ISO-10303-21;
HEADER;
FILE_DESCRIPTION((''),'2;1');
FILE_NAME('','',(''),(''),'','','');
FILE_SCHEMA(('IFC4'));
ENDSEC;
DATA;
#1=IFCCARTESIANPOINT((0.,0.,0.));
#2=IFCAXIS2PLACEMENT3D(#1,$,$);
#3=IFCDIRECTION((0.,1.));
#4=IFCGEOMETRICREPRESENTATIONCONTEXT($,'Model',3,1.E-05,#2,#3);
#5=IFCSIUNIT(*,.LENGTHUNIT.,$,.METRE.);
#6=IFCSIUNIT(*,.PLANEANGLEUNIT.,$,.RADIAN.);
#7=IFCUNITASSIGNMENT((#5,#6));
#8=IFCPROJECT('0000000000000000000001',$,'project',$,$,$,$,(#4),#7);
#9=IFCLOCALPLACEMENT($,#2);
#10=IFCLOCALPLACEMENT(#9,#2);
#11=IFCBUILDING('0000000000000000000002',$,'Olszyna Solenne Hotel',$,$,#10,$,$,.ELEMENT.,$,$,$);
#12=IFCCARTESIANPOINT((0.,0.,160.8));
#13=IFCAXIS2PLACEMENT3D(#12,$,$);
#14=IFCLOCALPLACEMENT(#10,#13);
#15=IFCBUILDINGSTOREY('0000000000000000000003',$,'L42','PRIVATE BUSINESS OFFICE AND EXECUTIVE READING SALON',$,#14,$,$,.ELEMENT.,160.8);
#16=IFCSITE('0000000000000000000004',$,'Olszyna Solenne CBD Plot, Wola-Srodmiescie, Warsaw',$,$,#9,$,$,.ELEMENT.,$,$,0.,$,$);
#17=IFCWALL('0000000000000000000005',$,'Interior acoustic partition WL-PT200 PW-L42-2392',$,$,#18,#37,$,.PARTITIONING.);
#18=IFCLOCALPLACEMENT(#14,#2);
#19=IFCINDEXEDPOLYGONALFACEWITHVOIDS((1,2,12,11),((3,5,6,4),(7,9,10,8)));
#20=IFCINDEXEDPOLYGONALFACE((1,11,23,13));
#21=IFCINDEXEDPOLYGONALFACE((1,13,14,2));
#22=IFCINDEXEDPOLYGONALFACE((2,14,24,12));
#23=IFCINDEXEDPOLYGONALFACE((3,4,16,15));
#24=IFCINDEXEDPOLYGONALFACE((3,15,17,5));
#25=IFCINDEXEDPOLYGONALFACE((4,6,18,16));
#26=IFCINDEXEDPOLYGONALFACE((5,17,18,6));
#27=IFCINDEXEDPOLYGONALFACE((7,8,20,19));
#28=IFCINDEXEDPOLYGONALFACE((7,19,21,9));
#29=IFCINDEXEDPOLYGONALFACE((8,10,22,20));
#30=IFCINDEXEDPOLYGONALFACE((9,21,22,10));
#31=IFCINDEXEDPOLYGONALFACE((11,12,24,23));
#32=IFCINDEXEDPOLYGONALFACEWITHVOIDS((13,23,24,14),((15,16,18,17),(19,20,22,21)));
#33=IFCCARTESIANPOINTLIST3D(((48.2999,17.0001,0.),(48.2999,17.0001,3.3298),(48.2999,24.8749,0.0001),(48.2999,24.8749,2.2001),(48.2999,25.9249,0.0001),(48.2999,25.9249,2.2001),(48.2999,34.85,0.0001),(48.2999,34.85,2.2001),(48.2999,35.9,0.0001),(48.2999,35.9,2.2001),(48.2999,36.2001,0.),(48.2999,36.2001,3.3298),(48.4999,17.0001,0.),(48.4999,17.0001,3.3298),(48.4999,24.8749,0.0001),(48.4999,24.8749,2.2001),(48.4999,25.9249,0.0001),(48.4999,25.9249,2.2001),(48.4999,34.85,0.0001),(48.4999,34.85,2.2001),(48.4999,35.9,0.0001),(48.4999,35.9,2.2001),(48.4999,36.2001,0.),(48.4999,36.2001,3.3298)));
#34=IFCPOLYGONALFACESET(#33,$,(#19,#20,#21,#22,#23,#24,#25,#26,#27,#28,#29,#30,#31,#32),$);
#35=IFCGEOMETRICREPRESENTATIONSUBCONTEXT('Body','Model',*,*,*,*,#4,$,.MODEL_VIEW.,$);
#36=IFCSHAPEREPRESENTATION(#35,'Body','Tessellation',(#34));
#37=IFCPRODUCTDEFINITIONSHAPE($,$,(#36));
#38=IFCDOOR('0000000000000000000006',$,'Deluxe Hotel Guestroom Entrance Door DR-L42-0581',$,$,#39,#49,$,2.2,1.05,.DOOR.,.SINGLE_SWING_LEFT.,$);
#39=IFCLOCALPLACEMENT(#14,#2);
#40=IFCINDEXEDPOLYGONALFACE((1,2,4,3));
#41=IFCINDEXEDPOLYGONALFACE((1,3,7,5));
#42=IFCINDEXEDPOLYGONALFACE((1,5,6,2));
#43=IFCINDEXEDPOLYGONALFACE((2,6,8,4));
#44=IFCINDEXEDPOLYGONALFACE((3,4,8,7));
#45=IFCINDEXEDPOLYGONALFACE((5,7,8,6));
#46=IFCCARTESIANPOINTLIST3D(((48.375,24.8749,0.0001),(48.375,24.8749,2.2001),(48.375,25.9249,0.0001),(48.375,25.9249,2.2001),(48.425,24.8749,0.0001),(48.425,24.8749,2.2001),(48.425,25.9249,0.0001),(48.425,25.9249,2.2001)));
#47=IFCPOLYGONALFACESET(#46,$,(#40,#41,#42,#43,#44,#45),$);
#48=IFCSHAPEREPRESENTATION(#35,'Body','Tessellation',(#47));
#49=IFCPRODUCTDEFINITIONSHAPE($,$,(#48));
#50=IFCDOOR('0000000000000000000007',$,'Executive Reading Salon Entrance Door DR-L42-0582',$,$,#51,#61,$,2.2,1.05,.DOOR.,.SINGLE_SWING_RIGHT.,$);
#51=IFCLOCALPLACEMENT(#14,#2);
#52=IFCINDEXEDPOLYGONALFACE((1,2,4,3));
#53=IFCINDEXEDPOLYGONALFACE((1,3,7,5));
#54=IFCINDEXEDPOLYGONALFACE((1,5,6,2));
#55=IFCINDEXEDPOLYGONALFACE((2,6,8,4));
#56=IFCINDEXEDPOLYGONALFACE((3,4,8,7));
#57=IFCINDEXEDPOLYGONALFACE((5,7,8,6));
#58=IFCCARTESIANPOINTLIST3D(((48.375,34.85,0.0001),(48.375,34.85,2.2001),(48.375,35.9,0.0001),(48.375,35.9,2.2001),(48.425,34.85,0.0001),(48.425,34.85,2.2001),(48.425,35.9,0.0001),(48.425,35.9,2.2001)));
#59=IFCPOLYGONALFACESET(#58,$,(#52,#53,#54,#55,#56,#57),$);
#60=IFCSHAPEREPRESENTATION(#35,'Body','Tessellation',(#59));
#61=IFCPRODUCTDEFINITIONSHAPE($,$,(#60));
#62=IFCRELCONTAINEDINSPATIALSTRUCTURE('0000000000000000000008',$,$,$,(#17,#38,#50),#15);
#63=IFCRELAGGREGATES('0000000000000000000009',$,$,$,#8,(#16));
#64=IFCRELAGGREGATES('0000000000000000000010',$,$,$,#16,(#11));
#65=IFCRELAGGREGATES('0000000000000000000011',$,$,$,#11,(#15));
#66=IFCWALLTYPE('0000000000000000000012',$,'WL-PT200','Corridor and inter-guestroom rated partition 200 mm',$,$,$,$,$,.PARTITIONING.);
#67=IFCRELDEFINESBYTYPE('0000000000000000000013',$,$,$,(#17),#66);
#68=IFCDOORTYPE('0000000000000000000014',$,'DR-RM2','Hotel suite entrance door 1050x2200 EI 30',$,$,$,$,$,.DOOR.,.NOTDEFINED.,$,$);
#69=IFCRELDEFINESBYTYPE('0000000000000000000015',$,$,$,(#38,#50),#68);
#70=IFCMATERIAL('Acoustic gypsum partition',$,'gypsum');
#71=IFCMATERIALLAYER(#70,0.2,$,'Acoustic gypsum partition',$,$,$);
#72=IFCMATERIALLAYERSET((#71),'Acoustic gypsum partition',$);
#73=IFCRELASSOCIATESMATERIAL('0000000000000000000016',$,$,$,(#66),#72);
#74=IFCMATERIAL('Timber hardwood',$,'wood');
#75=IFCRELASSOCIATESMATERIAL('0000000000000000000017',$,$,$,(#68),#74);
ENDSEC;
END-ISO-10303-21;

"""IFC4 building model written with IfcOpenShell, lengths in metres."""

from ifc_helpers import new_model, si_unit, direction, frame, frame_2d, origin, place, context, subcontext, project, spatial, rectangle, extrude, source, transform, mapped, material, layer, layer_set, type_object, type_shapes, element, fill, save


model = new_model("IFC4")

# Units and contexts
model_context = context("Model", 3, precision=1e-05, world=origin(), true_north=direction((0.0, 1.0)))
body_context = subcontext(model_context, "Body", "Model", "MODEL_VIEW")
ifc_project = project(units=[si_unit("LENGTHUNIT", "METRE"), si_unit("PLANEANGLEUNIT", "RADIAN")], contexts=[model_context])

# Site, building, storey
site_placement = place(None, origin())
site = spatial("IfcSite", under=ifc_project, at=site_placement, Name="Olszyna Solenne CBD Plot, Wola-Srodmiescie, Warsaw", CompositionType="ELEMENT", RefElevation=0.0)
building_placement = place(site_placement, origin())
building = spatial("IfcBuilding", under=site, at=building_placement, Name="Olszyna Solenne Hotel", CompositionType="ELEMENT")
storey_placement = place(building_placement, frame((0.0, 0.0, 160.8)))
storey = spatial("IfcBuildingStorey", under=building, at=storey_placement, Name="L42", Description="PRIVATE BUSINESS OFFICE AND EXECUTIVE READING SALON", CompositionType="ELEMENT", Elevation=160.8)

# Shared definitions
ifc_material_1 = material(Name="Acoustic gypsum partition", Category="gypsum")

# Shared definitions
ifc_material_2 = material(Name="Timber hardwood", Category="wood")

# Shared definitions
ifc_layer_1 = layer(ifc_material_1, 0.2, Name="Acoustic gypsum partition")
ifc_layer_set_1 = layer_set([ifc_layer_1], Name="Acoustic gypsum partition")
wall_type_1 = type_object("IfcWallType", Name="WL-PT200", Description="Corridor and inter-guestroom rated partition 200 mm", PredefinedType="PARTITIONING", material=ifc_layer_set_1)

# Wall, openings, doors
wall_1_placement = place(storey_placement, frame((48.3999, 17.0, 0.0), z_axis=(0.0, 0.0, 1.0), x_axis=(0.0, 1.0, 0.0)))
wall_1 = element("IfcWall", 1, at=wall_1_placement, inside=storey, type_object=wall_type_1, Name="Interior acoustic partition WL-PT200 PW-L42-2392", PredefinedType="PARTITIONING", context=body_context, shape_type="SweptSolid", body=[
    extrude(rectangle(XDim=19.2, YDim=0.2, at=frame_2d((9.6001, 0.0))), origin(), (0.0, 0.0, 1.0), 3.3298),
])
opening_1_placement = place(wall_1_placement, frame((7.875, 0.0, 0.0)))
opening_1 = element("IfcOpeningElement", 2, at=opening_1_placement, cuts=wall_1, PredefinedType="OPENING", context=body_context, shape_type="SweptSolid", body=[
    extrude(rectangle(XDim=1.05, YDim=2.2, at=frame_2d((0.5249, 1.1001))), frame((0.0, 0.1099, 0.0), z_axis=(0.0, -1.0, 0.0), x_axis=(1.0, 0.0, 0.0)), (0.0, 0.0, 1.0), 0.22),
])
opening_2_placement = place(wall_1_placement, frame((17.8501, 0.0, 0.0)))
opening_2 = element("IfcOpeningElement", 3, at=opening_2_placement, cuts=wall_1, PredefinedType="OPENING", context=body_context, shape_type="SweptSolid", body=[
    extrude(rectangle(XDim=1.05, YDim=2.2, at=frame_2d((0.5249, 1.1001))), frame((0.0, 0.1099, 0.0), z_axis=(0.0, -1.0, 0.0), x_axis=(1.0, 0.0, 0.0)), (0.0, 0.0, 1.0), 0.22),
])
door_type_1 = type_object("IfcDoorType", Name="DR-RM2", Description="Hotel suite entrance door 1050x2200 EI 30", OperationType="NOTDEFINED", PredefinedType="DOOR", material=ifc_material_2)
shared_shape_1 = source(origin(), body_context, "Body", "SweptSolid", [
    extrude(rectangle(XDim=1.05, YDim=2.2, at=frame_2d((0.5249, 1.1001))), frame((0.0, 0.0249, 0.0), z_axis=(0.0, -1.0, 0.0), x_axis=(1.0, 0.0, 0.0)), (0.0, 0.0, 1.0), 0.05),
])
type_shapes(door_type_1, [shared_shape_1])
door_1_placement = place(opening_1_placement, origin())
door_1 = element("IfcDoor", 4, at=door_1_placement, inside=storey, type_object=door_type_1, Name="Deluxe Hotel Guestroom Entrance Door DR-L42-0581", OperationType="SINGLE_SWING_LEFT", OverallHeight=2.2, OverallWidth=1.05, PredefinedType="DOOR", context=body_context, shape_type="MappedRepresentation", body=[
    mapped(shared_shape_1, transform((0.0, 0.0, 0.0), x_axis=(1.0, 0.0, 0.0), y_axis=(0.0, 1.0, 0.0), z_axis=(0.0, 0.0, 1.0), scale=1.0)),
])
fill(opening_1, door_1)
door_2_placement = place(opening_2_placement, origin())
door_2 = element("IfcDoor", 5, at=door_2_placement, inside=storey, type_object=door_type_1, Name="Executive Reading Salon Entrance Door DR-L42-0582", OperationType="SINGLE_SWING_RIGHT", OverallHeight=2.2, OverallWidth=1.05, PredefinedType="DOOR", context=body_context, shape_type="MappedRepresentation", body=[
    mapped(shared_shape_1, transform((0.0, 0.0, 0.0), x_axis=(1.0, 0.0, 0.0), y_axis=(0.0, 1.0, 0.0), z_axis=(0.0, 0.0, 1.0), scale=1.0)),
])
fill(opening_2, door_2)

save(model, "model.ifc")
